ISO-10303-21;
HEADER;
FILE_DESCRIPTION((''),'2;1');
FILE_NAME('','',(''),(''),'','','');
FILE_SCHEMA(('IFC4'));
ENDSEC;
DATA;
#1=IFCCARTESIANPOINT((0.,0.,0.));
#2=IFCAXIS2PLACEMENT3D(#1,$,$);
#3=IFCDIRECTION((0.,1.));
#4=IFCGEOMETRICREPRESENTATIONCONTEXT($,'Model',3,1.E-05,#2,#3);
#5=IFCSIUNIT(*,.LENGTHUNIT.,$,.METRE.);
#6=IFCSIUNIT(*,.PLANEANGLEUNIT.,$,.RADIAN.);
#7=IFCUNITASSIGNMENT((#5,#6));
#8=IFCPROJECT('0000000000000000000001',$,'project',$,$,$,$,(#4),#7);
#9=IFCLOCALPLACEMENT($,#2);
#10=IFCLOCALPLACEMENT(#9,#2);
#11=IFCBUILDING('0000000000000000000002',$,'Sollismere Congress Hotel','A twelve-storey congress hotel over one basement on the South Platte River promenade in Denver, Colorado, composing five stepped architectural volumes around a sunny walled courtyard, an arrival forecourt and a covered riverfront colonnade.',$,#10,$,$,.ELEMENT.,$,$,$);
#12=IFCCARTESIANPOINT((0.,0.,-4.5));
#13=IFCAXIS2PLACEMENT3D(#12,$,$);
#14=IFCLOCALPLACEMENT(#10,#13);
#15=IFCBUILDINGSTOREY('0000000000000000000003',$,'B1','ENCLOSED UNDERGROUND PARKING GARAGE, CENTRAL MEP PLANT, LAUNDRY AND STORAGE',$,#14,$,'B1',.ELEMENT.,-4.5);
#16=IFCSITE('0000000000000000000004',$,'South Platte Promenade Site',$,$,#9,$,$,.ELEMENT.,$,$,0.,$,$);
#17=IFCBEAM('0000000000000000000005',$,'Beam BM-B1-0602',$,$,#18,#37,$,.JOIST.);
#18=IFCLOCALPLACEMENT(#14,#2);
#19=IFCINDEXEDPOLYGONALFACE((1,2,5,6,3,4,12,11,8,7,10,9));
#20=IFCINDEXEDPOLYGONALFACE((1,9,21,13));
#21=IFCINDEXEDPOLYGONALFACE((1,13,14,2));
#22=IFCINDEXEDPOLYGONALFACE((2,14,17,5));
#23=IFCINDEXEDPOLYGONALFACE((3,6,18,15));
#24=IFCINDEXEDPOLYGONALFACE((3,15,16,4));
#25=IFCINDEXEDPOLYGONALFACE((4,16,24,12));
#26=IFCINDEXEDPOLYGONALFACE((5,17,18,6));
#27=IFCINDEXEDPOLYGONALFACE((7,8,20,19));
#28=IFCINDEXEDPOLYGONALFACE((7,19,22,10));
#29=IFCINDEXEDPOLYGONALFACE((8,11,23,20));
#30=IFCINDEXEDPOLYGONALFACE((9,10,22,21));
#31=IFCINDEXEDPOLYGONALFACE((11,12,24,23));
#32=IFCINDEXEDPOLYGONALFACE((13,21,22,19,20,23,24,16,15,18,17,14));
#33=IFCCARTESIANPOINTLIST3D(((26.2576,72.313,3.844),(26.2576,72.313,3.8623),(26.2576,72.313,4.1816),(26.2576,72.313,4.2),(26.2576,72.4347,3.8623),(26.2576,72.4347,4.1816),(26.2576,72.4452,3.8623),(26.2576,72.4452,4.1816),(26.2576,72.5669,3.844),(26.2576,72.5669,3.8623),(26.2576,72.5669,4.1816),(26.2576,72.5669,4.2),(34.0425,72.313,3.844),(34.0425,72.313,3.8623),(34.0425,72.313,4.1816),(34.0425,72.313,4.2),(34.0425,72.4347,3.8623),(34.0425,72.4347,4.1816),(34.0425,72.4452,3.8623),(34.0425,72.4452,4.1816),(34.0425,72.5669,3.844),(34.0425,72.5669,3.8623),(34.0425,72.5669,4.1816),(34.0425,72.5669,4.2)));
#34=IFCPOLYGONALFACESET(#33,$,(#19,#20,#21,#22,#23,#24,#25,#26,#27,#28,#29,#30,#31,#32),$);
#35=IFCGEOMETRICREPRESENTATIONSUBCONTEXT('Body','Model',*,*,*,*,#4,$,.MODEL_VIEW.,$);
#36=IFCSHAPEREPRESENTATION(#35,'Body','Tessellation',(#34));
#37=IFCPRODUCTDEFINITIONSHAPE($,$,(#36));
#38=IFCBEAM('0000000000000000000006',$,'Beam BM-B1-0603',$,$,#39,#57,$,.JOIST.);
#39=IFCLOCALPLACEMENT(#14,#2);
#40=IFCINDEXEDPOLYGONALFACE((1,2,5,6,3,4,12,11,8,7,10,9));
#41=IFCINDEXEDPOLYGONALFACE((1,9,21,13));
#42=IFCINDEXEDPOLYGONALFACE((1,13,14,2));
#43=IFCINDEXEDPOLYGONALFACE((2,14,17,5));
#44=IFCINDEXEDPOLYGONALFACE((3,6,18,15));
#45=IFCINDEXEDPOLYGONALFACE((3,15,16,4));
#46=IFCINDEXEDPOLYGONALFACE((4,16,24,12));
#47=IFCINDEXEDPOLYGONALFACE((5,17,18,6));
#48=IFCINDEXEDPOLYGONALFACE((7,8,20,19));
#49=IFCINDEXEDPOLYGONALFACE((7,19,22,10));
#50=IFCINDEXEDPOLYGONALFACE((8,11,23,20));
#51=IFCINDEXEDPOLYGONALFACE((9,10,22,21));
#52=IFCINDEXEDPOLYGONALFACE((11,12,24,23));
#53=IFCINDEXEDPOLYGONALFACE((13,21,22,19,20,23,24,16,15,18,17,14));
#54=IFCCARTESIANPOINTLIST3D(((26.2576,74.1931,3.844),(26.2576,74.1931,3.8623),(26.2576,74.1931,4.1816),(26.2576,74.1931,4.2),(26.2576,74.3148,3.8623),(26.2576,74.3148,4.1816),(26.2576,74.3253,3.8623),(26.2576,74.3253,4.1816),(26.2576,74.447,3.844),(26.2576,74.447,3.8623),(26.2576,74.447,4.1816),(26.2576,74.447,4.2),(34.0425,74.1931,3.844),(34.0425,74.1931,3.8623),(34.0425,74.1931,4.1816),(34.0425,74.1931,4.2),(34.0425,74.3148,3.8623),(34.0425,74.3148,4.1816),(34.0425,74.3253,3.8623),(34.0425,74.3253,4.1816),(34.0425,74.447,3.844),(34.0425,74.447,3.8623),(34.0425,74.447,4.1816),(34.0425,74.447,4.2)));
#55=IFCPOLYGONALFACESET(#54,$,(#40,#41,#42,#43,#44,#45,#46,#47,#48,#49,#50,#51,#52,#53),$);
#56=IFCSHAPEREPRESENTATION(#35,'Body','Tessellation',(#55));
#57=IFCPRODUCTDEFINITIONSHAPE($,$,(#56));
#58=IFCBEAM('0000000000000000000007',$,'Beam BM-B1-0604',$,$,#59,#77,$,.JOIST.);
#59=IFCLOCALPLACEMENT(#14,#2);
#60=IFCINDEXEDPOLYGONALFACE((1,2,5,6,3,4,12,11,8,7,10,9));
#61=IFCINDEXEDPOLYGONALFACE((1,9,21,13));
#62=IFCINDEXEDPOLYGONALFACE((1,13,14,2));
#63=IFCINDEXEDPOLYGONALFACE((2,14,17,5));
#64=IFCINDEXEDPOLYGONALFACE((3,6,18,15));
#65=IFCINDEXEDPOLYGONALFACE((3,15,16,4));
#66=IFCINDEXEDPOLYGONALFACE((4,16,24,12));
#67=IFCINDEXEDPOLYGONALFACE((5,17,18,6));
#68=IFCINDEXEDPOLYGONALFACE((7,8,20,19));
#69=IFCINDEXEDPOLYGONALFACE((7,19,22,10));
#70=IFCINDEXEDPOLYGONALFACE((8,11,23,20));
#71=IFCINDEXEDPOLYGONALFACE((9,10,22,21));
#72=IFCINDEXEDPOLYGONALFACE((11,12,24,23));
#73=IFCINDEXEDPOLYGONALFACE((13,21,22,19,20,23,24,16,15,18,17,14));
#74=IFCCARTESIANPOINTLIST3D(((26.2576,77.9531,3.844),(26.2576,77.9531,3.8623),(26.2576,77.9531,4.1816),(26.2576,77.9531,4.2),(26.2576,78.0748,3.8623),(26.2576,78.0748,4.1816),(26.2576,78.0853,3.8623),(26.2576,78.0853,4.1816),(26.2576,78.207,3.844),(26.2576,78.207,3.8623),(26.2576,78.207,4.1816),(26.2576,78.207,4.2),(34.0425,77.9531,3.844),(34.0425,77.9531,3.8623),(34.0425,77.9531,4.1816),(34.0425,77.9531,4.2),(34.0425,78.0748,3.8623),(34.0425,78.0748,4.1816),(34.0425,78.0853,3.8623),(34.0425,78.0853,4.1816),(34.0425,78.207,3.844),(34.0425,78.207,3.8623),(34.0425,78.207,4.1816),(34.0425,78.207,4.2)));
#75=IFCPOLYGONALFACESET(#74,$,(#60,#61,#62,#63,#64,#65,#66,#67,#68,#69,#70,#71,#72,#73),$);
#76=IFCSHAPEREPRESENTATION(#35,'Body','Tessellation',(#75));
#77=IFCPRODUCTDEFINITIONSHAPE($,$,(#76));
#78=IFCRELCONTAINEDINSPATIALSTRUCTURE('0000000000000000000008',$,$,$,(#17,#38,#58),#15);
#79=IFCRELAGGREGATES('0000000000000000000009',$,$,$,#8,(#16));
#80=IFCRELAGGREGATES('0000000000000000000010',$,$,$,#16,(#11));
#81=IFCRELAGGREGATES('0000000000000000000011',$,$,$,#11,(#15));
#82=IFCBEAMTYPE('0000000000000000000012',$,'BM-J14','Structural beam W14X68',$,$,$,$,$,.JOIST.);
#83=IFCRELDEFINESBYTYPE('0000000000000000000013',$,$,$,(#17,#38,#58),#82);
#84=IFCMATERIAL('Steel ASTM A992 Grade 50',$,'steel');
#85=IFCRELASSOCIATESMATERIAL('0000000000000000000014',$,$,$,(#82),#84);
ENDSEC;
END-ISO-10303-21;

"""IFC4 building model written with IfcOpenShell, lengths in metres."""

from ifc_helpers import new_model, si_unit, direction, frame, origin, origin_2d, place, context, subcontext, project, spatial, i_section, extrude, material, material_profile, profile_set, type_object, element, save


model = new_model("IFC4")

# Units and contexts
model_context = context("Model", 3, precision=1e-05, world=origin(), true_north=direction((0.0, 1.0)))
body_context = subcontext(model_context, "Body", "Model", "MODEL_VIEW")
ifc_project = project(units=[si_unit("LENGTHUNIT", "METRE"), si_unit("PLANEANGLEUNIT", "RADIAN")], contexts=[model_context])

# Site, building, storey
site_placement = place(None, origin())
site = spatial("IfcSite", under=ifc_project, at=site_placement, Name="South Platte Promenade Site", CompositionType="ELEMENT", RefElevation=0.0)
building_placement = place(site_placement, origin())
building = spatial("IfcBuilding", under=site, at=building_placement, Name="Sollismere Congress Hotel", Description="A twelve-storey congress hotel over one basement on the South Platte River promenade in Denver, Colorado, composing five stepped architectural volumes around a sunny walled courtyard, an arrival forecourt and a covered riverfront colonnade.", CompositionType="ELEMENT")
storey_placement = place(building_placement, frame((0.0, 0.0, -4.5)))
storey = spatial("IfcBuildingStorey", under=building, at=storey_placement, Name="B1", Description="ENCLOSED UNDERGROUND PARKING GARAGE, CENTRAL MEP PLANT, LAUNDRY AND STORAGE", LongName="B1", CompositionType="ELEMENT", Elevation=-4.5)

# Beams
ifc_material_1 = material(Name="Steel ASTM A992 Grade 50", Category="steel")
ifc_material_profile_1 = material_profile(ifc_material_1, i_section(OverallWidth=0.2539, OverallDepth=0.356, WebThickness=0.0105, FlangeThickness=0.0183, at=origin_2d()), Name="W14X68")
ifc_profile_set_1 = profile_set([ifc_material_profile_1], Name="Steel ASTM A992 Grade 50")
beam_type_1 = type_object("IfcBeamType", Name="BM-J14", Description="Structural beam W14X68", PredefinedType="JOIST", material=ifc_profile_set_1)
for number, where, z_axis, x_axis, name in (
    (1, (26.2576, 72.4399, 4.022), (1.0, 0.0, 0.0), (0.0, 1.0, 0.0), "Beam BM-B1-0602"),
    (2, (26.2576, 74.3201, 4.022), (1.0, 0.0, 0.0), (0.0, 1.0, 0.0), "Beam BM-B1-0603"),
    (3, (26.2576, 78.0801, 4.022), (1.0, 0.0, 0.0), (0.0, 1.0, 0.0), "Beam BM-B1-0604"),
):
    element("IfcBeam", number, at=place(storey_placement, frame(where, z_axis=z_axis, x_axis=x_axis)), inside=storey, type_object=beam_type_1, Name=name, PredefinedType="JOIST", context=body_context, shape_type="SweptSolid", body=[
        extrude(i_section(OverallWidth=0.2539, OverallDepth=0.356, WebThickness=0.0105, FlangeThickness=0.0183, at=origin_2d()), origin(), (0.0, 0.0, 1.0), 7.7849),
    ])

save(model, "model.ifc")
